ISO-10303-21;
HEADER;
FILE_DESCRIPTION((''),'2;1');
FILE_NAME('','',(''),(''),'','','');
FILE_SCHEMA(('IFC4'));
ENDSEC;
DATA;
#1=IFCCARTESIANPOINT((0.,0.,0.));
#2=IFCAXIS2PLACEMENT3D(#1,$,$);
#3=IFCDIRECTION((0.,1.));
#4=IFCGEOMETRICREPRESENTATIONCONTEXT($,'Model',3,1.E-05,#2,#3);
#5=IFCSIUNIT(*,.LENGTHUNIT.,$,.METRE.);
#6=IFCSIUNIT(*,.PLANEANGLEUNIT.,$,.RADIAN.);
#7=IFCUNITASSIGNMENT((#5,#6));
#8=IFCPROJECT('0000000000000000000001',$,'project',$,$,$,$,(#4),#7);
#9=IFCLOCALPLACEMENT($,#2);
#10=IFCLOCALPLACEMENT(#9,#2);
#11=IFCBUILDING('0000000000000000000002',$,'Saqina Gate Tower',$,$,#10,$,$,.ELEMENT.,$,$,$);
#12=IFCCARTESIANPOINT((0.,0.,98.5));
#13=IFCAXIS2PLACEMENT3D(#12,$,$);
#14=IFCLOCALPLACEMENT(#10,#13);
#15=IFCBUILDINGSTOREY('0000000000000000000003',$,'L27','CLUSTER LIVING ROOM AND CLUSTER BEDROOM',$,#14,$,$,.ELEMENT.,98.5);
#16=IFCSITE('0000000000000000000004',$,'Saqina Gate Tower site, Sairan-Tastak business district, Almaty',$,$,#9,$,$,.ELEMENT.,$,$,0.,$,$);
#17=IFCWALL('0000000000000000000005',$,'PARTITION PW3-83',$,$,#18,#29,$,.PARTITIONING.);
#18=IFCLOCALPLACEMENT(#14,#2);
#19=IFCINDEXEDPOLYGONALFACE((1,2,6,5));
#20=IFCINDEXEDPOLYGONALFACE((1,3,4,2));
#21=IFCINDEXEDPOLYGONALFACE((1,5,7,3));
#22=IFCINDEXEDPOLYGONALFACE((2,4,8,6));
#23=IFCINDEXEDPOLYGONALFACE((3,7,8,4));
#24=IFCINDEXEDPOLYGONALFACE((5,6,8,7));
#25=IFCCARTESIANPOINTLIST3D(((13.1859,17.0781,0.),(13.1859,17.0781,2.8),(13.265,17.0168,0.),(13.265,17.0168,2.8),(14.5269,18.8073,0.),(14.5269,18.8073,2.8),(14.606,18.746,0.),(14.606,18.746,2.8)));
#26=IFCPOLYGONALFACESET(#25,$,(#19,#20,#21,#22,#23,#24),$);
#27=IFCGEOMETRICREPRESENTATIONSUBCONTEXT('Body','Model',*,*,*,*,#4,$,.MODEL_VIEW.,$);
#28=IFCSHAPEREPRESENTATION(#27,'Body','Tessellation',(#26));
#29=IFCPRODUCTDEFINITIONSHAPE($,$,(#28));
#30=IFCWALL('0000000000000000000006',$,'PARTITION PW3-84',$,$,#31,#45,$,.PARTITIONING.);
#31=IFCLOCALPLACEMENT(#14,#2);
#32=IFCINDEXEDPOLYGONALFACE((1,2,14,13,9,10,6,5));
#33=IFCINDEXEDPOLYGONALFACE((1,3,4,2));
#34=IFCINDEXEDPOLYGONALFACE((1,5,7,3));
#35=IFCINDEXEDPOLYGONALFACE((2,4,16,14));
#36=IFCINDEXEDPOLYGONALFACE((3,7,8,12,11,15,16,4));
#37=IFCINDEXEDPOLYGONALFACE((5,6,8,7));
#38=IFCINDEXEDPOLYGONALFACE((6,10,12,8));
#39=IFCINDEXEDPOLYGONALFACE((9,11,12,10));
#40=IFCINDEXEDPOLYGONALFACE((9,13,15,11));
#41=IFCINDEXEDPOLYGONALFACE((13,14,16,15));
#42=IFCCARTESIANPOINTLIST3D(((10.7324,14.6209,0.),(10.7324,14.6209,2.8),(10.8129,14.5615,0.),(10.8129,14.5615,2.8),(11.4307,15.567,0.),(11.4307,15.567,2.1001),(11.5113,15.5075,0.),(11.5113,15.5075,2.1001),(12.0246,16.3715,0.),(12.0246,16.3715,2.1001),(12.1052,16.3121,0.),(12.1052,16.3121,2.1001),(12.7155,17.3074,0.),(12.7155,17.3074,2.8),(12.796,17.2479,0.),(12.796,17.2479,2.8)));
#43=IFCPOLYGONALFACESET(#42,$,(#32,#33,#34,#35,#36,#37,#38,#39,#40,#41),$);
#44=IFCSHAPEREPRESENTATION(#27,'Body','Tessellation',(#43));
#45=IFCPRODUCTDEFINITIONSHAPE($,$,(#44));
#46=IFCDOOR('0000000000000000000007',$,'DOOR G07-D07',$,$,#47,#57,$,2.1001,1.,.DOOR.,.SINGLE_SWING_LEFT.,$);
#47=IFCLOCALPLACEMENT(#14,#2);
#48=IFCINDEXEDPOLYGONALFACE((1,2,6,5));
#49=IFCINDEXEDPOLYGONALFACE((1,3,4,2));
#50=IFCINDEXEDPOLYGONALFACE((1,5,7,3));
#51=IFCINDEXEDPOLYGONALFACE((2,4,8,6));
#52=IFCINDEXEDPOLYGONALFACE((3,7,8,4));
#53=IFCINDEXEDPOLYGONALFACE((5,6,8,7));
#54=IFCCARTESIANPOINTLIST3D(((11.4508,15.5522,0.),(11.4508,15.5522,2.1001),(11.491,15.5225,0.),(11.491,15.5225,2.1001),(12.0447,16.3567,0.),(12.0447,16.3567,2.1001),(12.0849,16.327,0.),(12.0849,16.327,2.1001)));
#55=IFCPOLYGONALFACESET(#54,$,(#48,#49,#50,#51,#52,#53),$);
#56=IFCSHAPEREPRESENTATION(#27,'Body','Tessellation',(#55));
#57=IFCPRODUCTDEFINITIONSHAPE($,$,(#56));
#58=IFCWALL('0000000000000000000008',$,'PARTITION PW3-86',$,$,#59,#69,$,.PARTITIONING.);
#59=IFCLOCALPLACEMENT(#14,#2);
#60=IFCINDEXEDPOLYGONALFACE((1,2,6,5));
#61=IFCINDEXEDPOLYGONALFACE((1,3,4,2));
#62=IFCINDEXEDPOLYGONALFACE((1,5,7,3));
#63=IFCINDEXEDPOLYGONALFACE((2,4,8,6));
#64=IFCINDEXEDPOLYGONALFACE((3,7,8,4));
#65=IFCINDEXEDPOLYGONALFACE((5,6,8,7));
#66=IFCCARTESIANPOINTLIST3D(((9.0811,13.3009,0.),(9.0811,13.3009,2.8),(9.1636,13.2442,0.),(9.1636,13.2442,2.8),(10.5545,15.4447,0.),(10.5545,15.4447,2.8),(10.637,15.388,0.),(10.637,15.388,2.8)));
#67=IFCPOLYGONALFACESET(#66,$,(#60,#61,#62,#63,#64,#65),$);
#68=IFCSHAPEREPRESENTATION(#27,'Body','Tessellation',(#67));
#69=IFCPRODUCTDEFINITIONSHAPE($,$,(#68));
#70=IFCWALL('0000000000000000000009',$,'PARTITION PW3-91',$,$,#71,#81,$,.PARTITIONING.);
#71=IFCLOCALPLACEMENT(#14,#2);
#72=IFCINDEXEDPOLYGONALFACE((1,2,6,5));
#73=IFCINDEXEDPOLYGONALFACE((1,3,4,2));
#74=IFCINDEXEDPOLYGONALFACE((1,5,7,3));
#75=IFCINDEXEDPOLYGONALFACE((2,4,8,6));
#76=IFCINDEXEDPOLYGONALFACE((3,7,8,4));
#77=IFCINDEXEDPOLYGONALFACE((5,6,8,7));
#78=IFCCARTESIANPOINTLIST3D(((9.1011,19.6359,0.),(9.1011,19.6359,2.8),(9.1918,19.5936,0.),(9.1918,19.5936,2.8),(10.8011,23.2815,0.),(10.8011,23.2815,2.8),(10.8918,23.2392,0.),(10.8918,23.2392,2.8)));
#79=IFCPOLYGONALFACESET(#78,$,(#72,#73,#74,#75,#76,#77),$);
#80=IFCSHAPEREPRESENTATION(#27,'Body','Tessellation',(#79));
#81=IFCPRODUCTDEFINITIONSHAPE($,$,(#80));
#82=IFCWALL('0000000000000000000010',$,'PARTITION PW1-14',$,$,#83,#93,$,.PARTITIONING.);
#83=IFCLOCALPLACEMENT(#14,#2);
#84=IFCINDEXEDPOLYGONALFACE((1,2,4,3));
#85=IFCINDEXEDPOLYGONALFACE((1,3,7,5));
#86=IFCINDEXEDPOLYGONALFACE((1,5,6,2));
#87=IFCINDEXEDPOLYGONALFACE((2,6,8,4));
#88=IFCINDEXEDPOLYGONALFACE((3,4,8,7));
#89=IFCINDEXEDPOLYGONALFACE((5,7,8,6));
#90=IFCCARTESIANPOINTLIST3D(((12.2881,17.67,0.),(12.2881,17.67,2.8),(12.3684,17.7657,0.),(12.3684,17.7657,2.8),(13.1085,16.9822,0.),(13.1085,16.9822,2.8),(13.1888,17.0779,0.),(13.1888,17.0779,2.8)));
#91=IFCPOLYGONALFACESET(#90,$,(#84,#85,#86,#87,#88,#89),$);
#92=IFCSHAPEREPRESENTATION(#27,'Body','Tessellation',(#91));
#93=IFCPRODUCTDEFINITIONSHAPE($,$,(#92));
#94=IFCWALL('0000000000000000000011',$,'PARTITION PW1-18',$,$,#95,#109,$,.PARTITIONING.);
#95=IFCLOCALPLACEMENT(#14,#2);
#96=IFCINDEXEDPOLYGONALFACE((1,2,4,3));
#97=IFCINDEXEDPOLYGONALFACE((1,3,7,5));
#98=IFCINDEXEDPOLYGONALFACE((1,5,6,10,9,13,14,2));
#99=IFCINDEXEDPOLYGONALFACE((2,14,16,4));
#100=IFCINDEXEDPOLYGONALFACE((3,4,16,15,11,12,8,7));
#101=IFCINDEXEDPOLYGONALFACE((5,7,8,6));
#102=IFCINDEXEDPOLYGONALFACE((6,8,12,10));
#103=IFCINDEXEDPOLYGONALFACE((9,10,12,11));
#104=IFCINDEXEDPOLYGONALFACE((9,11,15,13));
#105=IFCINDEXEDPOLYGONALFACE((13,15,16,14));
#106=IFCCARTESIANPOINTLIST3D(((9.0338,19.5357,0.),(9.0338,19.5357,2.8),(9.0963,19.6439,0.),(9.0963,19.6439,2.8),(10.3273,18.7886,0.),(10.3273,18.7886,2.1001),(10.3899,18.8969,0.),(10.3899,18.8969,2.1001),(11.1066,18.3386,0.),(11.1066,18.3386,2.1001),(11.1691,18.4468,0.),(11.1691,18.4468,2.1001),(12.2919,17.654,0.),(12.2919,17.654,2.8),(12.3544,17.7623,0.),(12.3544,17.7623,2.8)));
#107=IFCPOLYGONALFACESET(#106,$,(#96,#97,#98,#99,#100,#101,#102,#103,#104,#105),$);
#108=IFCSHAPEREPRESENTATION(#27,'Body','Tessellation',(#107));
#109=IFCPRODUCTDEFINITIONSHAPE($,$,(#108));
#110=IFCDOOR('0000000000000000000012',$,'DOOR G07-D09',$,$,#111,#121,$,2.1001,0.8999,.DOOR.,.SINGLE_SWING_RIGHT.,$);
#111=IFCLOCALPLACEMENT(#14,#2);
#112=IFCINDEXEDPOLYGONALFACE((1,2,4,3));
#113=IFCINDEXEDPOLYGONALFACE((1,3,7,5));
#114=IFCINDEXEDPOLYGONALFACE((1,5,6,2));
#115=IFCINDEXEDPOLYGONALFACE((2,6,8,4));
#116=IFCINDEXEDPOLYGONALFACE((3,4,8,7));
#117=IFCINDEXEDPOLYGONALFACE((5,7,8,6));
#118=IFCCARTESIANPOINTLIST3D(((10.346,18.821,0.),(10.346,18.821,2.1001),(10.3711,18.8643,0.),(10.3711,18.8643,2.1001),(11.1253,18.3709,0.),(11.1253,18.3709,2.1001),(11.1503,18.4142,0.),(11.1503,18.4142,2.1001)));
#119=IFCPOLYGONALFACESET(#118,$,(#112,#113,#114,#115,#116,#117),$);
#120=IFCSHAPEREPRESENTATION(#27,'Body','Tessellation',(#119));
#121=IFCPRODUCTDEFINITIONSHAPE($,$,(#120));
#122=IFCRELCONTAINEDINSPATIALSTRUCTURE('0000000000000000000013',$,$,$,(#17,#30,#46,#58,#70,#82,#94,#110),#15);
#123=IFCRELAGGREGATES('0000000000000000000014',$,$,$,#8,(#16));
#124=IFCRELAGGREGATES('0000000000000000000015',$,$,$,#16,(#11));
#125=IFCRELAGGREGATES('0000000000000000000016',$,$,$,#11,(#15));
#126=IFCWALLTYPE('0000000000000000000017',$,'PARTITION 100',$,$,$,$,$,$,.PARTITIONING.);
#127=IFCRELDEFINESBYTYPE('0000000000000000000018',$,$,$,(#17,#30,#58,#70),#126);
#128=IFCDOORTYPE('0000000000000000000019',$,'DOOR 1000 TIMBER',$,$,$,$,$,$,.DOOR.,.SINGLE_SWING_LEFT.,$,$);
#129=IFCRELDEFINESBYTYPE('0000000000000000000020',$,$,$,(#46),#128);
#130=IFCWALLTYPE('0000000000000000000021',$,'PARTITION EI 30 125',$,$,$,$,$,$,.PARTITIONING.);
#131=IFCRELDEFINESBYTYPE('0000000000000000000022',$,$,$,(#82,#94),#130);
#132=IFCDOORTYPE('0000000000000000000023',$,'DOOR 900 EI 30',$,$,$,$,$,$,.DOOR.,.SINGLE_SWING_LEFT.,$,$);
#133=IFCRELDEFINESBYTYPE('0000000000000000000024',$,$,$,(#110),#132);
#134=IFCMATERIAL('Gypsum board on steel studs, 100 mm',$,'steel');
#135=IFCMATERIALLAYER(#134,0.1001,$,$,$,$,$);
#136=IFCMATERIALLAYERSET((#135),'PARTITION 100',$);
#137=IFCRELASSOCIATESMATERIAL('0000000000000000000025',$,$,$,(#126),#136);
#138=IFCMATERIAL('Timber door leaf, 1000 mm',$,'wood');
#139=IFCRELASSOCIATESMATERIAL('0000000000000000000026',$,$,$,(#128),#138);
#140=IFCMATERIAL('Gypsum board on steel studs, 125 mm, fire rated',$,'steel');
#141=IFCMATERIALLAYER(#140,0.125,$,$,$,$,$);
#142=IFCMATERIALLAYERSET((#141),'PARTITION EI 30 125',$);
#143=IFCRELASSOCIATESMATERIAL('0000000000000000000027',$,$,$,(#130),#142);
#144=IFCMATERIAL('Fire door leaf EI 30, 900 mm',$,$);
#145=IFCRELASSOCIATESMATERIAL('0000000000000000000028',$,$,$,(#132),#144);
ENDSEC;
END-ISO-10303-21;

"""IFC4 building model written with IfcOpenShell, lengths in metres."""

from ifc_helpers import new_model, si_unit, direction, frame, frame_2d, origin, place, context, subcontext, project, spatial, rectangle, extrude, material, layer, layer_set, type_object, element, fill, save


model = new_model("IFC4")

# Units and contexts
model_context = context("Model", 3, precision=1e-05, world=origin(), true_north=direction((0.0, 1.0)))
body_context = subcontext(model_context, "Body", "Model", "MODEL_VIEW")
ifc_project = project(units=[si_unit("LENGTHUNIT", "METRE"), si_unit("PLANEANGLEUNIT", "RADIAN")], contexts=[model_context])

# Site, building, storey
site_placement = place(None, origin())
site = spatial("IfcSite", under=ifc_project, at=site_placement, Name="Saqina Gate Tower site, Sairan-Tastak business district, Almaty", CompositionType="ELEMENT", RefElevation=0.0)
building_placement = place(site_placement, origin())
building = spatial("IfcBuilding", under=site, at=building_placement, Name="Saqina Gate Tower", CompositionType="ELEMENT")
storey_placement = place(building_placement, frame((0.0, 0.0, 98.5)))
storey = spatial("IfcBuildingStorey", under=building, at=storey_placement, Name="L27", Description="CLUSTER LIVING ROOM AND CLUSTER BEDROOM", CompositionType="ELEMENT", Elevation=98.5)

# Shared definitions
ifc_material_1 = material(Name="Gypsum board on steel studs, 100 mm", Category="steel")
ifc_layer_1 = layer(ifc_material_1, 0.1001)
ifc_layer_set_1 = layer_set([ifc_layer_1], Name="PARTITION 100")
wall_type_1 = type_object("IfcWallType", Name="PARTITION 100", PredefinedType="PARTITIONING", material=ifc_layer_set_1)

# Wall
wall_1_placement = place(storey_placement, frame((13.2253, 17.0474, 0.0), z_axis=(0.0, 0.0, 1.0), x_axis=(0.612828, 0.790216, 0.0)))
element("IfcWall", 1, at=wall_1_placement, inside=storey, type_object=wall_type_1, Name="PARTITION PW3-83", PredefinedType="PARTITIONING", context=body_context, shape_type="SweptSolid", body=[
    extrude(rectangle(XDim=2.1882, YDim=0.1001, at=frame_2d((1.0942, 0.0))), origin(), (0.0, 0.0, 1.0), 2.8),
])

# Wall, opening, door
wall_2_placement = place(storey_placement, frame((10.7727, 14.5913, 0.0), z_axis=(0.0, 0.0, 1.0), x_axis=(0.5939, 0.804539, 0.0)))
wall_2 = element("IfcWall", 2, at=wall_2_placement, inside=storey, type_object=wall_type_1, Name="PARTITION PW3-84", PredefinedType="PARTITIONING", context=body_context, shape_type="SweptSolid", body=[
    extrude(rectangle(XDim=3.3391, YDim=0.1001, at=frame_2d((1.6694, 0.0))), origin(), (0.0, 0.0, 1.0), 2.8),
])
opening_1_placement = place(wall_2_placement, frame((1.1758, 0.0, 0.0)))
opening_1 = element("IfcOpeningElement", 3, at=opening_1_placement, cuts=wall_2, PredefinedType="OPENING", context=body_context, shape_type="SweptSolid", body=[
    extrude(rectangle(XDim=1.0, YDim=2.1001, at=frame_2d((0.5, 1.05))), frame((0.0, 0.062, 0.0), z_axis=(0.0, -1.0, 0.0), x_axis=(1.0, 0.0, 0.0)), (0.0, 0.0, 1.0), 0.124),
])
ifc_material_2 = material(Name="Timber door leaf, 1000 mm", Category="wood")
door_type_1 = type_object("IfcDoorType", Name="DOOR 1000 TIMBER", OperationType="SINGLE_SWING_LEFT", PredefinedType="DOOR", material=ifc_material_2)
door_1_placement = place(opening_1_placement, frame((1.0, 0.0, 0.0), z_axis=(0.0, 0.0, 1.0), x_axis=(-1.0, 0.0, 0.0)))
door_1 = element("IfcDoor", 4, at=door_1_placement, inside=storey, type_object=door_type_1, Name="DOOR G07-D07", OperationType="SINGLE_SWING_LEFT", OverallHeight=2.1001, OverallWidth=1.0, PredefinedType="DOOR", context=body_context, shape_type="SweptSolid", body=[
    extrude(rectangle(XDim=1.0, YDim=2.1001, at=frame_2d((0.5, 1.05))), frame((0.0, 0.0249, 0.0), z_axis=(0.0, -1.0, 0.0), x_axis=(1.0, 0.0, 0.0)), (0.0, 0.0, 1.0), 0.05),
])
fill(opening_1, door_1)

# Walls
wall_3_placement = place(storey_placement, frame((9.1223, 13.2725, 0.0), z_axis=(0.0, 0.0, 1.0), x_axis=(0.566405, 0.824127, 0.0)))
element("IfcWall", 5, at=wall_3_placement, inside=storey, type_object=wall_type_1, Name="PARTITION PW3-86", PredefinedType="PARTITIONING", context=body_context, shape_type="SweptSolid", body=[
    extrude(rectangle(XDim=2.6013, YDim=0.1001, at=frame_2d((1.3008, 0.0))), origin(), (0.0, 0.0, 1.0), 2.8),
])
wall_4_placement = place(storey_placement, frame((9.1465, 19.6147, 0.0), z_axis=(0.0, 0.0, 1.0), x_axis=(0.422623, 0.906306, 0.0)))
element("IfcWall", 6, at=wall_4_placement, inside=storey, type_object=wall_type_1, Name="PARTITION PW3-91", PredefinedType="PARTITIONING", context=body_context, shape_type="SweptSolid", body=[
    extrude(rectangle(XDim=4.0225, YDim=0.1001, at=frame_2d((2.0112, 0.0))), origin(), (0.0, 0.0, 1.0), 2.8),
])
ifc_material_3 = material(Name="Gypsum board on steel studs, 125 mm, fire rated", Category="steel")
ifc_layer_2 = layer(ifc_material_3, 0.125)
ifc_layer_set_2 = layer_set([ifc_layer_2], Name="PARTITION EI 30 125")
wall_type_2 = type_object("IfcWallType", Name="PARTITION EI 30 125", PredefinedType="PARTITIONING", material=ifc_layer_set_2)
wall_5_placement = place(storey_placement, frame((12.3284, 17.7178, 0.0), z_axis=(0.0, 0.0, 1.0), x_axis=(0.766311, -0.64247, 0.0)))
element("IfcWall", 7, at=wall_5_placement, inside=storey, type_object=wall_type_2, Name="PARTITION PW1-14", PredefinedType="PARTITIONING", context=body_context, shape_type="SweptSolid", body=[
    extrude(rectangle(XDim=1.0706, YDim=0.125, at=frame_2d((0.5352, 0.0))), origin(), (0.0, 0.0, 1.0), 2.8),
])

# Wall, opening, door
wall_6_placement = place(storey_placement, frame((9.0649, 19.5898, 0.0), z_axis=(0.0, 0.0, 1.0), x_axis=(0.865962, -0.50011, 0.0)))
wall_6 = element("IfcWall", 8, at=wall_6_placement, inside=storey, type_object=wall_type_2, Name="PARTITION PW1-18", PredefinedType="PARTITIONING", context=body_context, shape_type="SweptSolid", body=[
    extrude(rectangle(XDim=3.7625, YDim=0.125, at=frame_2d((1.8813, 0.0))), origin(), (0.0, 0.0, 1.0), 2.8),
])
opening_2_placement = place(wall_6_placement, frame((1.4939, 0.0, 0.0)))
opening_2 = element("IfcOpeningElement", 9, at=opening_2_placement, cuts=wall_6, PredefinedType="OPENING", context=body_context, shape_type="SweptSolid", body=[
    extrude(rectangle(XDim=0.8999, YDim=2.1001, at=frame_2d((0.45, 1.05))), frame((0.0, 0.0745, 0.0), z_axis=(0.0, -1.0, 0.0), x_axis=(1.0, 0.0, 0.0)), (0.0, 0.0, 1.0), 0.1489),
])
ifc_material_4 = material(Name="Fire door leaf EI 30, 900 mm")
door_type_2 = type_object("IfcDoorType", Name="DOOR 900 EI 30", OperationType="SINGLE_SWING_LEFT", PredefinedType="DOOR", material=ifc_material_4)
door_2_placement = place(opening_2_placement, origin())
door_2 = element("IfcDoor", 10, at=door_2_placement, inside=storey, type_object=door_type_2, Name="DOOR G07-D09", OperationType="SINGLE_SWING_RIGHT", OverallHeight=2.1001, OverallWidth=0.8999, PredefinedType="DOOR", context=body_context, shape_type="SweptSolid", body=[
    extrude(rectangle(XDim=0.8999, YDim=2.1001, at=frame_2d((0.45, 1.05))), frame((0.0, 0.0249, 0.0), z_axis=(0.0, -1.0, 0.0), x_axis=(1.0, 0.0, 0.0)), (0.0, 0.0, 1.0), 0.05),
])
fill(opening_2, door_2)

save(model, "model.ifc")
